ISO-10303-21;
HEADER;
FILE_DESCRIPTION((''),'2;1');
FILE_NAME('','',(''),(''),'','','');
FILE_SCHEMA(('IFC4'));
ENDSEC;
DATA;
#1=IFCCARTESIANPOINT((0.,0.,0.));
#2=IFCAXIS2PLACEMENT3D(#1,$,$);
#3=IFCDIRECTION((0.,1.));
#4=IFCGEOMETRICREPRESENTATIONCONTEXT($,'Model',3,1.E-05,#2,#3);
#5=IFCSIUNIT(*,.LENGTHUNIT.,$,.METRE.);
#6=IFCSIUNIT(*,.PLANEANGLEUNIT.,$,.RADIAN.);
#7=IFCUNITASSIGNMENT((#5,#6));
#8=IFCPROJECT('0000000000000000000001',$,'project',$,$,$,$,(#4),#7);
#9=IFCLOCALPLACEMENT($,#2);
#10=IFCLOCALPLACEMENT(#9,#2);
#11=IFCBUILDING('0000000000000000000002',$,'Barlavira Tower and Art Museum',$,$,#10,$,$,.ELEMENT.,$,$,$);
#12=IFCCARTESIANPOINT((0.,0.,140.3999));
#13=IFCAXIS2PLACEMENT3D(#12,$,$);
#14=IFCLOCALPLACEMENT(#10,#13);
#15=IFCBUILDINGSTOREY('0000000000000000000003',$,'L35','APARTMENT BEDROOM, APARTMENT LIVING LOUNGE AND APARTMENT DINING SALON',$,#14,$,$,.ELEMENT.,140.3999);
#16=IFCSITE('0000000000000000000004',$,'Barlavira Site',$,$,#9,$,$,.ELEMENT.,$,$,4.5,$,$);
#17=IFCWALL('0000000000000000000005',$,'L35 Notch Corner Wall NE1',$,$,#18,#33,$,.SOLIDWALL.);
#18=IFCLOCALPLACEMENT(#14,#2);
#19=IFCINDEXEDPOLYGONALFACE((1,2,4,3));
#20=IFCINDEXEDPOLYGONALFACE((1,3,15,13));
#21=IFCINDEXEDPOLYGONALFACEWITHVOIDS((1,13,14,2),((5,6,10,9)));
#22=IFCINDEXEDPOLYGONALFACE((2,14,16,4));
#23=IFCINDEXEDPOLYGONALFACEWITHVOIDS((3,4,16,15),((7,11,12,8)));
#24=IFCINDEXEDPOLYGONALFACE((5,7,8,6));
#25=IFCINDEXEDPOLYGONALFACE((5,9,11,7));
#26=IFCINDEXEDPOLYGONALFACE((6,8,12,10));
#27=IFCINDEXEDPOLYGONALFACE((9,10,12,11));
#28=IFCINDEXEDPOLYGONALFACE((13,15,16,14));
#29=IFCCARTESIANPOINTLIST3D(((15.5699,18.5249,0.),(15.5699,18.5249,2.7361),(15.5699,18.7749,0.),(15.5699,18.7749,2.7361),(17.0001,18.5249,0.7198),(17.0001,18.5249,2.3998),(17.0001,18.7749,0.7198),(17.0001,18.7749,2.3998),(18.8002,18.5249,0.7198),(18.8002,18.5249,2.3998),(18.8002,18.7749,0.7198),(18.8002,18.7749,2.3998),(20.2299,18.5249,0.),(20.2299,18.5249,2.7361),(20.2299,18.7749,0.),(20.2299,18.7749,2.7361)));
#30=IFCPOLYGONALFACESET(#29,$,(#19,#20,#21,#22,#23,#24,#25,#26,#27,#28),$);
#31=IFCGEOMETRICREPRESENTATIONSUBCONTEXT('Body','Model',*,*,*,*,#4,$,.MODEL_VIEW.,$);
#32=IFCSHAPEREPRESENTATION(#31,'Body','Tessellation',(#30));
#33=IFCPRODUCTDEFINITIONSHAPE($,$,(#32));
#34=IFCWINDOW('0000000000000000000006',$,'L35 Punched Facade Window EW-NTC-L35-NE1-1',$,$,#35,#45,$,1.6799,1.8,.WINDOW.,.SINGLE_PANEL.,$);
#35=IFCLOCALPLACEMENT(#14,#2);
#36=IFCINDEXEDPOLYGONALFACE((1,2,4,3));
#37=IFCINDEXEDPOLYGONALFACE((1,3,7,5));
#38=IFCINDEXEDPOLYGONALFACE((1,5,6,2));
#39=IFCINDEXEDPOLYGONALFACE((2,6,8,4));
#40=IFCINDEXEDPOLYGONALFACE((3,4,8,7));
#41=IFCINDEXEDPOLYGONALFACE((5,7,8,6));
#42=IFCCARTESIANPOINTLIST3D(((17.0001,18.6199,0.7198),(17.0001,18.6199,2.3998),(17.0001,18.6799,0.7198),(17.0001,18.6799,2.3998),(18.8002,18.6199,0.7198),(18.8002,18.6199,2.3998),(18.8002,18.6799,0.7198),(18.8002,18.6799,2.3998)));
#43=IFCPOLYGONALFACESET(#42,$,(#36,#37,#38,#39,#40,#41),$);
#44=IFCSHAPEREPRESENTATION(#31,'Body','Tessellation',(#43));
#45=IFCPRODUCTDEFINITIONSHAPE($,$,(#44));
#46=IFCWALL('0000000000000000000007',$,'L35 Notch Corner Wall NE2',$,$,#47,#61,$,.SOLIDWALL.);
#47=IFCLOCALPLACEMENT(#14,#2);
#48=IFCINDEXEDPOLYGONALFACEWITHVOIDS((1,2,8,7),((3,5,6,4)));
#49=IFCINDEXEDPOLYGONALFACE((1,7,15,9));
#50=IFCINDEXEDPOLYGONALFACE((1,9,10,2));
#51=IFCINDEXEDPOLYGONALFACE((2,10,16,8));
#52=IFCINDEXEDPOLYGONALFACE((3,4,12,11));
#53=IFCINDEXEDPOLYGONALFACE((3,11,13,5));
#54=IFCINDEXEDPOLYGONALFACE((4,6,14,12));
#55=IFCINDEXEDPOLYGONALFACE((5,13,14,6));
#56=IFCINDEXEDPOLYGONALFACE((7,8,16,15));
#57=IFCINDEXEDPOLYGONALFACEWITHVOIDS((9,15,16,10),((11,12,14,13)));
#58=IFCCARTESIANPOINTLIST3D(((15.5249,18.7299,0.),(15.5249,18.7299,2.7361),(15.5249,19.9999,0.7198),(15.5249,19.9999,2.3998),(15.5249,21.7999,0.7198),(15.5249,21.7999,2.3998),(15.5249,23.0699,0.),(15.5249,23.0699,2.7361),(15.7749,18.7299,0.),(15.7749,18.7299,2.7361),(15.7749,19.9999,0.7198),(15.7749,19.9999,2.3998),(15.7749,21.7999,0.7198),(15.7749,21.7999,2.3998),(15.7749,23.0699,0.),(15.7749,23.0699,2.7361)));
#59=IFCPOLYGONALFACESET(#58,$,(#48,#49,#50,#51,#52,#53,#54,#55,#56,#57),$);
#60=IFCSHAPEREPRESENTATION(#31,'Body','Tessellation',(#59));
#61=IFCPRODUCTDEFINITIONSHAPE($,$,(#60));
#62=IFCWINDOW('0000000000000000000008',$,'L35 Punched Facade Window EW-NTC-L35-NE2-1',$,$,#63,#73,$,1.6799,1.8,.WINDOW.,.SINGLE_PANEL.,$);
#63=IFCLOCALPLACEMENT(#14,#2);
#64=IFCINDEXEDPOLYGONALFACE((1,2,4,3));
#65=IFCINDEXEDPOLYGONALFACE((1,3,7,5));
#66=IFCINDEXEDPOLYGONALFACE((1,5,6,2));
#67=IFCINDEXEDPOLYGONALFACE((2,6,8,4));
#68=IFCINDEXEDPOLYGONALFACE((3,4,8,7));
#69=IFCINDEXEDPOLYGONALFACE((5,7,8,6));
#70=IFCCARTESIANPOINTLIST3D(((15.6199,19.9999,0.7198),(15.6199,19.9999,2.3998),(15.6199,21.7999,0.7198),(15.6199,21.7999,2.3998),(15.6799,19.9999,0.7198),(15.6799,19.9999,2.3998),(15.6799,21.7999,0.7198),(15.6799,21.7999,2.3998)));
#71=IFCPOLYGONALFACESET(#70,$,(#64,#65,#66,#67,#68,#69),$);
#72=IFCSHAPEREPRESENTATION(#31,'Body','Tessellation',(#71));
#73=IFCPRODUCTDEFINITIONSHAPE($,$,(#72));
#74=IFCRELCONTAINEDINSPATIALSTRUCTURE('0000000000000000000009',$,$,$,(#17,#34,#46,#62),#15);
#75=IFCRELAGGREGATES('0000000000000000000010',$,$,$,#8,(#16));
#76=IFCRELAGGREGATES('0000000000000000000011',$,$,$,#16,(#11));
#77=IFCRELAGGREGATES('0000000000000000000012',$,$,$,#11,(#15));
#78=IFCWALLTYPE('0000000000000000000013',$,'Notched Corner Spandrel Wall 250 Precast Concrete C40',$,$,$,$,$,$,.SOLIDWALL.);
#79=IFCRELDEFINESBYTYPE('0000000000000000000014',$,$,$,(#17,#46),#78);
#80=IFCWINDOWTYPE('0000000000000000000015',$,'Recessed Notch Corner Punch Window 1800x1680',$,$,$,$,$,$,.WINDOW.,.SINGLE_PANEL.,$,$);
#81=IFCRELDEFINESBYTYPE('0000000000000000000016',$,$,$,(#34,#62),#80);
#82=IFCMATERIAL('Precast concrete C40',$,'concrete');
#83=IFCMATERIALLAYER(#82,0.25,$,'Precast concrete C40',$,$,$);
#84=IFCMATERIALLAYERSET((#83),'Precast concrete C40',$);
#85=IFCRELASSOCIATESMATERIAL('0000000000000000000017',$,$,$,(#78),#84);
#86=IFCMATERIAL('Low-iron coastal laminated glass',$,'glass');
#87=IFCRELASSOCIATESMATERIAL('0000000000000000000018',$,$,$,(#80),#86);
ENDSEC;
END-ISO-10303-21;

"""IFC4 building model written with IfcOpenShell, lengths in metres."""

from ifc_helpers import new_model, si_unit, direction, frame, frame_2d, origin, place, context, subcontext, project, spatial, rectangle, extrude, material, layer, layer_set, type_object, element, fill, save


model = new_model("IFC4")

# Units and contexts
model_context = context("Model", 3, precision=1e-05, world=origin(), true_north=direction((0.0, 1.0)))
body_context = subcontext(model_context, "Body", "Model", "MODEL_VIEW")
ifc_project = project(units=[si_unit("LENGTHUNIT", "METRE"), si_unit("PLANEANGLEUNIT", "RADIAN")], contexts=[model_context])

# Site, building, storey
site_placement = place(None, origin())
site = spatial("IfcSite", under=ifc_project, at=site_placement, Name="Barlavira Site", CompositionType="ELEMENT", RefElevation=4.5)
building_placement = place(site_placement, origin())
building = spatial("IfcBuilding", under=site, at=building_placement, Name="Barlavira Tower and Art Museum", CompositionType="ELEMENT")
storey_placement = place(building_placement, frame((0.0, 0.0, 140.3999)))
storey = spatial("IfcBuildingStorey", under=building, at=storey_placement, Name="L35", Description="APARTMENT BEDROOM, APARTMENT LIVING LOUNGE AND APARTMENT DINING SALON", CompositionType="ELEMENT", Elevation=140.3999)

# Walls, openings, windows
ifc_material_1 = material(Name="Precast concrete C40", Category="concrete")
ifc_layer_1 = layer(ifc_material_1, 0.25, Name="Precast concrete C40")
ifc_layer_set_1 = layer_set([ifc_layer_1], Name="Precast concrete C40")
wall_type_1 = type_object("IfcWallType", Name="Notched Corner Spandrel Wall 250 Precast Concrete C40", PredefinedType="SOLIDWALL", material=ifc_layer_set_1)
ifc_material_2 = material(Name="Low-iron coastal laminated glass", Category="glass")
window_type = type_object("IfcWindowType", Name="Recessed Notch Corner Punch Window 1800x1680", PartitioningType="SINGLE_PANEL", PredefinedType="WINDOW", material=ifc_material_2)
wall_1_placement = place(storey_placement, frame((20.23, 18.6499, 0.0), z_axis=(0.0, 0.0, 1.0), x_axis=(-1.0, 0.0, 0.0)))
wall_1 = element("IfcWall", 1, at=wall_1_placement, inside=storey, type_object=wall_type_1, Name="L35 Notch Corner Wall NE1", PredefinedType="SOLIDWALL", context=body_context, shape_type="SweptSolid", body=[
    extrude(rectangle(XDim=4.6599, YDim=0.25, at=frame_2d((2.3301, 0.0))), origin(), (0.0, 0.0, 1.0), 2.7361),
])
opening_1_placement = place(wall_1_placement, frame((1.4299, 0.0, 0.72)))
opening_1 = element("IfcOpeningElement", 2, at=opening_1_placement, cuts=wall_1, PredefinedType="OPENING", context=body_context, shape_type="SweptSolid", body=[
    extrude(rectangle(XDim=1.8, YDim=1.6799, at=frame_2d((0.8999, 0.8398))), frame((0.0, 0.135, 0.0), z_axis=(0.0, -1.0, 0.0), x_axis=(1.0, 0.0, 0.0)), (0.0, 0.0, 1.0), 0.27),
])
window_1_placement = place(opening_1_placement, origin())
window_1 = element("IfcWindow", 3, at=window_1_placement, inside=storey, type_object=window_type, Name="L35 Punched Facade Window EW-NTC-L35-NE1-1", OverallHeight=1.6799, OverallWidth=1.8, PartitioningType="SINGLE_PANEL", PredefinedType="WINDOW", context=body_context, shape_type="SweptSolid", body=[
    extrude(rectangle(XDim=1.8, YDim=1.6799, at=frame_2d((0.8999, 0.8398))), frame((0.0, 0.03, 0.0), z_axis=(0.0, -1.0, 0.0), x_axis=(1.0, 0.0, 0.0)), (0.0, 0.0, 1.0), 0.0601),
])
fill(opening_1, window_1)
wall_2_placement = place(storey_placement, frame((15.6499, 18.73, 0.0), z_axis=(0.0, 0.0, 1.0), x_axis=(0.0, 1.0, 0.0)))
wall_2 = element("IfcWall", 4, at=wall_2_placement, inside=storey, type_object=wall_type_1, Name="L35 Notch Corner Wall NE2", PredefinedType="SOLIDWALL", context=body_context, shape_type="SweptSolid", body=[
    extrude(rectangle(XDim=4.3401, YDim=0.25, at=frame_2d((2.1699, 0.0))), origin(), (0.0, 0.0, 1.0), 2.7361),
])
opening_2_placement = place(wall_2_placement, frame((1.27, 0.0, 0.72)))
opening_2 = element("IfcOpeningElement", 5, at=opening_2_placement, cuts=wall_2, PredefinedType="OPENING", context=body_context, shape_type="SweptSolid", body=[
    extrude(rectangle(XDim=1.8, YDim=1.6799, at=frame_2d((0.8999, 0.8398))), frame((0.0, 0.135, 0.0), z_axis=(0.0, -1.0, 0.0), x_axis=(1.0, 0.0, 0.0)), (0.0, 0.0, 1.0), 0.27),
])
window_2_placement = place(opening_2_placement, origin())
window_2 = element("IfcWindow", 6, at=window_2_placement, inside=storey, type_object=window_type, Name="L35 Punched Facade Window EW-NTC-L35-NE2-1", OverallHeight=1.6799, OverallWidth=1.8, PartitioningType="SINGLE_PANEL", PredefinedType="WINDOW", context=body_context, shape_type="SweptSolid", body=[
    extrude(rectangle(XDim=1.8, YDim=1.6799, at=frame_2d((0.8999, 0.8398))), frame((0.0, 0.03, 0.0), z_axis=(0.0, -1.0, 0.0), x_axis=(1.0, 0.0, 0.0)), (0.0, 0.0, 1.0), 0.0601),
])
fill(opening_2, window_2)

save(model, "model.ifc")
